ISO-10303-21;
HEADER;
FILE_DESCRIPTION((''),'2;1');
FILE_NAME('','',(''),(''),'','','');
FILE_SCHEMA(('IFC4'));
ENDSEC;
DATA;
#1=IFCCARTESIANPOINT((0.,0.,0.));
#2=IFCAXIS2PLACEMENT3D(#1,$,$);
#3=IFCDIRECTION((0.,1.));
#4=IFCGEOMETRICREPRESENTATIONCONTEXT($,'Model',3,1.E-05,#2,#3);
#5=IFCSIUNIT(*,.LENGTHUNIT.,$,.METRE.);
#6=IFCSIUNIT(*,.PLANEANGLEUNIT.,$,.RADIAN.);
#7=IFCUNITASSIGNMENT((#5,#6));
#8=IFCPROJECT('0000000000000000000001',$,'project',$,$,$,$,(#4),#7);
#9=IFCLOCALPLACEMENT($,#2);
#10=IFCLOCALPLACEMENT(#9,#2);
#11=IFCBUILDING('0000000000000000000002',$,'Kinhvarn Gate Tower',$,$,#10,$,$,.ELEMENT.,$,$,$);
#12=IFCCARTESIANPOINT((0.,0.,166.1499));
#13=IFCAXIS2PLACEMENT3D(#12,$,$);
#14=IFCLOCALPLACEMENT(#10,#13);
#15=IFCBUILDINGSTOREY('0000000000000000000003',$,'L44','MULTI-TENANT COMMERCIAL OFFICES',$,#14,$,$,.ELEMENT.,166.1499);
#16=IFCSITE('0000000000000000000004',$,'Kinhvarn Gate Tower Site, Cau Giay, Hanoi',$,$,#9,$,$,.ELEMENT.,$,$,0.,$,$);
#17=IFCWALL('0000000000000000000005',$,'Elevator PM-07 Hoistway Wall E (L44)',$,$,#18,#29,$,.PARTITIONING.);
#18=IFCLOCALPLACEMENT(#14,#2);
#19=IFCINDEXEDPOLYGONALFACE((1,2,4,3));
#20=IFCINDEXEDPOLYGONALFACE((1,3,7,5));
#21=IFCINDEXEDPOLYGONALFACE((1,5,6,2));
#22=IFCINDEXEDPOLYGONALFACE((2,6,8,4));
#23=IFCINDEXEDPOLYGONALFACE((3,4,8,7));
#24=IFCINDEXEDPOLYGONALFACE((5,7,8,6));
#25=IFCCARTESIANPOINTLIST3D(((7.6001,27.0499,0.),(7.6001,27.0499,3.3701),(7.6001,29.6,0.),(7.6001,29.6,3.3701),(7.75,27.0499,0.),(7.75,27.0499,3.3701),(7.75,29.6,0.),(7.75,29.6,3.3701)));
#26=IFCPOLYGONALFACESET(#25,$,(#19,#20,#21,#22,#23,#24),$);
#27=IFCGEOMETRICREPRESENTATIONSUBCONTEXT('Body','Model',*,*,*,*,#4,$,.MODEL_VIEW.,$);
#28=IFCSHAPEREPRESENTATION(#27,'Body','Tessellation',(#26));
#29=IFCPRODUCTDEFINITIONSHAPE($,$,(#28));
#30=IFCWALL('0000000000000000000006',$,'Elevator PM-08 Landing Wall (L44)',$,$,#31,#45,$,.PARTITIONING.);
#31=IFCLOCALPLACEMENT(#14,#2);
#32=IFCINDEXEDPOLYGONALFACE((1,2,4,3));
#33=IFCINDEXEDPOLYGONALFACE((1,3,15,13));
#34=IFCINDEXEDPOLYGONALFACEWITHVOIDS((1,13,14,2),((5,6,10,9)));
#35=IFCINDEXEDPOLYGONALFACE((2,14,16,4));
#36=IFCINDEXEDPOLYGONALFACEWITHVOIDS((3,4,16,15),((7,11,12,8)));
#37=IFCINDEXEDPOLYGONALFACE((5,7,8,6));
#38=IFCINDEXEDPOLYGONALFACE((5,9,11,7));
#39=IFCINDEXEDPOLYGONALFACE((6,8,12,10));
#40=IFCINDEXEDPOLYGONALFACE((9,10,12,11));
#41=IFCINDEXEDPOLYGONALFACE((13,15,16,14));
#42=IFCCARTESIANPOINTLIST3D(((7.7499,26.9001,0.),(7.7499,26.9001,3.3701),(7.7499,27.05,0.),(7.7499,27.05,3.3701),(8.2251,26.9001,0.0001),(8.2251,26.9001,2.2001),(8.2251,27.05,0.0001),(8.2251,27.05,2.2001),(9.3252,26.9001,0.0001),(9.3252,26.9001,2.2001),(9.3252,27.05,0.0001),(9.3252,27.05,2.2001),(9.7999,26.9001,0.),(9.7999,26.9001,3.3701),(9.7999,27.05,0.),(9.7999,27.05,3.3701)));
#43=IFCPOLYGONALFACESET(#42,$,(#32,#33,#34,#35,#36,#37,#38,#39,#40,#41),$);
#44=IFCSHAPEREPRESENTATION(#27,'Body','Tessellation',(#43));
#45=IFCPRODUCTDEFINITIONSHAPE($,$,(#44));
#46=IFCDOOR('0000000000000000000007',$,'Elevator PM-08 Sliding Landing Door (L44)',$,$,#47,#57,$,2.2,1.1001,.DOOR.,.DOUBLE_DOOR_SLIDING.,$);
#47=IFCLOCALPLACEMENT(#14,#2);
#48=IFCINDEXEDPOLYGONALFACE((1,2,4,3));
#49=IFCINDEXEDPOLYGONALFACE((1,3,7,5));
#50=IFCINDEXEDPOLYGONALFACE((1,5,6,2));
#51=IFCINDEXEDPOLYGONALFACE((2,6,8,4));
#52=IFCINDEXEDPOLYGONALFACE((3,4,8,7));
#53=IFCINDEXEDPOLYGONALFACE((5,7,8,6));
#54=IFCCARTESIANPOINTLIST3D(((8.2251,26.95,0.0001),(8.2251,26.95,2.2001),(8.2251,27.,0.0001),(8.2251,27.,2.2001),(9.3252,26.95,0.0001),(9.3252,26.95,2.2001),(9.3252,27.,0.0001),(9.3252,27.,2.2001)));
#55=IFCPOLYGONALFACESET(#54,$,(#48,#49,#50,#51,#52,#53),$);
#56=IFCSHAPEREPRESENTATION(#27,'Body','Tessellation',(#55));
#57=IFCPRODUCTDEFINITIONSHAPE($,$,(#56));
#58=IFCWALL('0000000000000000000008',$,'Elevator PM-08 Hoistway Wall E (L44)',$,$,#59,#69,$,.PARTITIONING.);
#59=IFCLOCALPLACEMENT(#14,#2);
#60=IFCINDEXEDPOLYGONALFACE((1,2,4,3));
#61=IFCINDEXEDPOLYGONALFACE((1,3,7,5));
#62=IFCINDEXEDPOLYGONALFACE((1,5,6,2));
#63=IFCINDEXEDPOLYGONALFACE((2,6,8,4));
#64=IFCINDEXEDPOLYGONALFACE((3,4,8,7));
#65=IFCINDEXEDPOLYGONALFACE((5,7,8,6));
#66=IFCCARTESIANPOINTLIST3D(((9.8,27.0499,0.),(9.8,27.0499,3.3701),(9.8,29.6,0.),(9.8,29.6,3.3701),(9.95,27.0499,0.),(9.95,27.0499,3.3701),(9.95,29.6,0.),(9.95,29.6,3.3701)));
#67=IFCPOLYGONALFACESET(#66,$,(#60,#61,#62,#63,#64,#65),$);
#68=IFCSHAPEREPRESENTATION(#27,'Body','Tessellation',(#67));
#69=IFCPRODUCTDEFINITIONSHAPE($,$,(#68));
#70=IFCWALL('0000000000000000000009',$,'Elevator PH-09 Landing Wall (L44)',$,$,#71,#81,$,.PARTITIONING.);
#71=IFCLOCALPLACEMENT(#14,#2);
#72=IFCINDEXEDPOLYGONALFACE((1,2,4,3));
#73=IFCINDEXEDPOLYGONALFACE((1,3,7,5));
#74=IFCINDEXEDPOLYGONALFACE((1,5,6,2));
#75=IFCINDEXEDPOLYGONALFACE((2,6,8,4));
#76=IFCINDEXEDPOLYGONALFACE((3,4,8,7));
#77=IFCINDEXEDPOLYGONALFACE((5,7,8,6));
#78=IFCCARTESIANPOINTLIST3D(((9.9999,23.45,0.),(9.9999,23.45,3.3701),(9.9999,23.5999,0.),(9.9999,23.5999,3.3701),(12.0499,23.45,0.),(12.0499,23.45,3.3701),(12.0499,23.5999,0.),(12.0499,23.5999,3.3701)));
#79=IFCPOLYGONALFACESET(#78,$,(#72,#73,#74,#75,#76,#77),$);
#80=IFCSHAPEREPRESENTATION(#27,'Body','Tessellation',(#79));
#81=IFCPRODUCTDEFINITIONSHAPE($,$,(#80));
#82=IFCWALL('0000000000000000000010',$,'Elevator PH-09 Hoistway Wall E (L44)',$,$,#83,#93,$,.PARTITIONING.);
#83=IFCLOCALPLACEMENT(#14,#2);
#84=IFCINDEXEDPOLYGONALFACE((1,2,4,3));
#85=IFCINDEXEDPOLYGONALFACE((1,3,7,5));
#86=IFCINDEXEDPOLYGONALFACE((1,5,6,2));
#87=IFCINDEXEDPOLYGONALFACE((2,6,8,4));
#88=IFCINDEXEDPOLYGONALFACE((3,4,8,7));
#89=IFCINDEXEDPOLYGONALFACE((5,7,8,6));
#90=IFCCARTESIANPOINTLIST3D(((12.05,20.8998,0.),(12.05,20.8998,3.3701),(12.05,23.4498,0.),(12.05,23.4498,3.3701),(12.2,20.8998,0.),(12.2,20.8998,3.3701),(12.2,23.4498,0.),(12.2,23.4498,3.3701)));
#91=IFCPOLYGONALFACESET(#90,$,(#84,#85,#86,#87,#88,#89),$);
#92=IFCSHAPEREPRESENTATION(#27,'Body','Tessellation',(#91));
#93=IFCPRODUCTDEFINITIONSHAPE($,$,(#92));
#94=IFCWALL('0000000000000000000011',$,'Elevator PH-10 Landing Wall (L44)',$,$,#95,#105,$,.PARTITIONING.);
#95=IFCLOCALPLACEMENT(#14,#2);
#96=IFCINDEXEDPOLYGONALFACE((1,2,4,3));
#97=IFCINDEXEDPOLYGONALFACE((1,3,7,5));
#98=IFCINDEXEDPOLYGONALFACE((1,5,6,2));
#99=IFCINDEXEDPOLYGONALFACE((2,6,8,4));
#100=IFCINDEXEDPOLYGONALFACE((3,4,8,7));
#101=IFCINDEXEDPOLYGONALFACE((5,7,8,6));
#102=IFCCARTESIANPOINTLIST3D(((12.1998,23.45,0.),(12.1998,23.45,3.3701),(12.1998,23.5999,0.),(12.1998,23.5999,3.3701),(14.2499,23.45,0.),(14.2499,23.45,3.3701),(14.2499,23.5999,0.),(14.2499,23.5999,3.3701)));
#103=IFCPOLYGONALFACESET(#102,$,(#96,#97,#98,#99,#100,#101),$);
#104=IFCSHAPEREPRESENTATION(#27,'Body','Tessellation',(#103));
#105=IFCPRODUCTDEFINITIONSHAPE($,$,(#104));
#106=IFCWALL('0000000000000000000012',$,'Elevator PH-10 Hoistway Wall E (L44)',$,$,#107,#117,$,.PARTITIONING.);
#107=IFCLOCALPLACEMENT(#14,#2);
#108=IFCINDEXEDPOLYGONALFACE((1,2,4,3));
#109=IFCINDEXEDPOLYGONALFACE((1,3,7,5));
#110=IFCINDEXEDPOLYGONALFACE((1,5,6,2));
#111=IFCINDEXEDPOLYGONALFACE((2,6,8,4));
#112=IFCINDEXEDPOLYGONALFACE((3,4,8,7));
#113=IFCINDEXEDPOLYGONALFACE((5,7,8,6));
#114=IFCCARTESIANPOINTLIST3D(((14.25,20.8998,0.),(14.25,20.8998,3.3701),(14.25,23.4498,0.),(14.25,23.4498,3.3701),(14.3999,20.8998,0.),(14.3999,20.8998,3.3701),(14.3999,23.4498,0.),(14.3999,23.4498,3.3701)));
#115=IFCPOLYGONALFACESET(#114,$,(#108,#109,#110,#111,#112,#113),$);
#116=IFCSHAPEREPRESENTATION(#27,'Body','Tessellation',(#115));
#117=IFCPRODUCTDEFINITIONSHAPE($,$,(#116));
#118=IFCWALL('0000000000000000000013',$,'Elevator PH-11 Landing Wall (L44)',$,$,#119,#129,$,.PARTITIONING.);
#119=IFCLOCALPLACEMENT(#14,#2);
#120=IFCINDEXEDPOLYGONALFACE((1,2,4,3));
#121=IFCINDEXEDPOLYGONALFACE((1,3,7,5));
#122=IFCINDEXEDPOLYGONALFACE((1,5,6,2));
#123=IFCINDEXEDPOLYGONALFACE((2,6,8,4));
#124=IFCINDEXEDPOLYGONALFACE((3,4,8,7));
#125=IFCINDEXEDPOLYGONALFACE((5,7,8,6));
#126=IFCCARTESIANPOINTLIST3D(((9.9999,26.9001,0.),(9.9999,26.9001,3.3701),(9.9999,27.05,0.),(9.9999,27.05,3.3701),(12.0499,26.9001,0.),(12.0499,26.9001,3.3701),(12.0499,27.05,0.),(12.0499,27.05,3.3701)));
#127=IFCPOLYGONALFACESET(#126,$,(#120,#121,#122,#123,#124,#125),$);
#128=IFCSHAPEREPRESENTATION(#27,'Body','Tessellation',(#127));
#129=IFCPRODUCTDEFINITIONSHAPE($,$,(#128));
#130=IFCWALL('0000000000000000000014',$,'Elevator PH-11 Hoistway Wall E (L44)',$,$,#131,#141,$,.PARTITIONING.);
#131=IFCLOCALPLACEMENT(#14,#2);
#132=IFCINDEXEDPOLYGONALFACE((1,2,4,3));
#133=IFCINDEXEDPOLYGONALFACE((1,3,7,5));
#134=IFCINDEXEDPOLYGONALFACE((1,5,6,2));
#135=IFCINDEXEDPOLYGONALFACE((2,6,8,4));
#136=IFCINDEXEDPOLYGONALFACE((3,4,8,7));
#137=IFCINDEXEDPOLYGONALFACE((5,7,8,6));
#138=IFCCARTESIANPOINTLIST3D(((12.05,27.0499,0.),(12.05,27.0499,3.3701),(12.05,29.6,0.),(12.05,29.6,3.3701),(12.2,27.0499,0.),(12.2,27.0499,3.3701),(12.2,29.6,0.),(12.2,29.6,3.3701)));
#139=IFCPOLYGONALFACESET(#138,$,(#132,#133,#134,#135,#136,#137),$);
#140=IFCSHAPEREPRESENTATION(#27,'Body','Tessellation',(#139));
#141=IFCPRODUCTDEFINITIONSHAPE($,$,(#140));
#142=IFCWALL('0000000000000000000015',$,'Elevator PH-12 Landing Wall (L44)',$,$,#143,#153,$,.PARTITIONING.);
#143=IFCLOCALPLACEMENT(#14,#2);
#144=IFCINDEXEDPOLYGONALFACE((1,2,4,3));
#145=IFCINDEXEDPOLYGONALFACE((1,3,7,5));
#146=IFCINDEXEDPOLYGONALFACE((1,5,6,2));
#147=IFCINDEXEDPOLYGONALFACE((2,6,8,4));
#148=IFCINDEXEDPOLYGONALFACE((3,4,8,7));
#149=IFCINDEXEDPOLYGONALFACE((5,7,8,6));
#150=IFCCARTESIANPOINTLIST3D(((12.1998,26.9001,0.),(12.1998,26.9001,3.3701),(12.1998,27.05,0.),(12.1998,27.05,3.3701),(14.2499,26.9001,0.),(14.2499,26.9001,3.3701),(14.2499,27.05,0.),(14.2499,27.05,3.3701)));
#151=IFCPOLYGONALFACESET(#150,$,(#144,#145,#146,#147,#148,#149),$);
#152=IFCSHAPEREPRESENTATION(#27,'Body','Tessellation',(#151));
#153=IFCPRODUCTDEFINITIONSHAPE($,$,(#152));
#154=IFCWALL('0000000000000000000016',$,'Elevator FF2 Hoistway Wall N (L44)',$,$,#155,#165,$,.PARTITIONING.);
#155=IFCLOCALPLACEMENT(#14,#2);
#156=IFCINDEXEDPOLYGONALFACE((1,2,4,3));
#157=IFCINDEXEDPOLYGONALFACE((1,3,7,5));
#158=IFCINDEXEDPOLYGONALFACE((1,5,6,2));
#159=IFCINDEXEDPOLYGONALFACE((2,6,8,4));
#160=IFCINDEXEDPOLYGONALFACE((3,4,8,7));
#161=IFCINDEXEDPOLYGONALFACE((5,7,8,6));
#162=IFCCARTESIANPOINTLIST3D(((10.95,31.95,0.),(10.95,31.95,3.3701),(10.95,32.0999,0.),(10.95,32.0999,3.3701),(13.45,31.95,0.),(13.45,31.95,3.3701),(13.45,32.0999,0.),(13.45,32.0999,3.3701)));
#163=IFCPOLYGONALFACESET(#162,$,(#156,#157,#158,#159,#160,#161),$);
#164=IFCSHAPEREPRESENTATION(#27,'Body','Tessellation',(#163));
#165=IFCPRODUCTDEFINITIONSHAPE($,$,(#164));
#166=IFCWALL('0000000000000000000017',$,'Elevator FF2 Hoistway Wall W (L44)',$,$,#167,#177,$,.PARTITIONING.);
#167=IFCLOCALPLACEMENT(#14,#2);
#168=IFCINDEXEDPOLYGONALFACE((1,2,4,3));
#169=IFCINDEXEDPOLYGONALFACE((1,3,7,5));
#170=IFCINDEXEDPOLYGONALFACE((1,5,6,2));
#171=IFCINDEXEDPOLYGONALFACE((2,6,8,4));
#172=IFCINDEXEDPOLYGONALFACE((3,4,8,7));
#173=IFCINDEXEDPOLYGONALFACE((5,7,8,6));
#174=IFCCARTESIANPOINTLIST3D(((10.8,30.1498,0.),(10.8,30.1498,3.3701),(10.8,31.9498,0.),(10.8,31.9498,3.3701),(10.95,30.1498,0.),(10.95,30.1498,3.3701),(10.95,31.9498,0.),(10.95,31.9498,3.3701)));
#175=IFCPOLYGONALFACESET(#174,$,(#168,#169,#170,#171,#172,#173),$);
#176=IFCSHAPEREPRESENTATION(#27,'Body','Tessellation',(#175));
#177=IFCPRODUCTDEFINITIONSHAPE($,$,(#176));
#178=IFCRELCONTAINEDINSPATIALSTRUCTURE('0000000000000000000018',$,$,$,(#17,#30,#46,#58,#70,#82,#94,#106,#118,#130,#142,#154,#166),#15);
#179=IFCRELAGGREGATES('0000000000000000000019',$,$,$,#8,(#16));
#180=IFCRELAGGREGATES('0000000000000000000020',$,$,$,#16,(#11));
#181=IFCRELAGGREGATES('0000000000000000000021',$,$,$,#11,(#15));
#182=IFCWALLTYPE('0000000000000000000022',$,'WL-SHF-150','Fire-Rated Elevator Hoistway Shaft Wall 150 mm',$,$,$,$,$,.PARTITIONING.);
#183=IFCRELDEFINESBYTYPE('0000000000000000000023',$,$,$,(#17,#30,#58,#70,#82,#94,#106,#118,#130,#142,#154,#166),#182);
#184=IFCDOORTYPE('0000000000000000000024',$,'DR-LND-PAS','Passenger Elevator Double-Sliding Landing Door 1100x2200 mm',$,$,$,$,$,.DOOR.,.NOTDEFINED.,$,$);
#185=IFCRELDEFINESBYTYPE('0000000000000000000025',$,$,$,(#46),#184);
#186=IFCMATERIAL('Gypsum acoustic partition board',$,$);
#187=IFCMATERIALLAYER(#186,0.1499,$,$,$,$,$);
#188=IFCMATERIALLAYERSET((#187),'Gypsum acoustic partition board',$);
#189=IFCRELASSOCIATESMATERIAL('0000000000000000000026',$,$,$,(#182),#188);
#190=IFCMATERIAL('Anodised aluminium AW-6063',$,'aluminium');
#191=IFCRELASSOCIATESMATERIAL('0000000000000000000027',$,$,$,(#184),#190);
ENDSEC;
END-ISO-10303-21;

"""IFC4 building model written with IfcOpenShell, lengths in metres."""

from ifc_helpers import new_model, si_unit, direction, frame, frame_2d, origin, place, context, subcontext, project, spatial, rectangle, extrude, material, layer, layer_set, type_object, element, fill, save


model = new_model("IFC4")

# Units and contexts
model_context = context("Model", 3, precision=1e-05, world=origin(), true_north=direction((0.0, 1.0)))
body_context = subcontext(model_context, "Body", "Model", "MODEL_VIEW")
ifc_project = project(units=[si_unit("LENGTHUNIT", "METRE"), si_unit("PLANEANGLEUNIT", "RADIAN")], contexts=[model_context])

# Site, building, storey
site_placement = place(None, origin())
site = spatial("IfcSite", under=ifc_project, at=site_placement, Name="Kinhvarn Gate Tower Site, Cau Giay, Hanoi", CompositionType="ELEMENT", RefElevation=0.0)
building_placement = place(site_placement, origin())
building = spatial("IfcBuilding", under=site, at=building_placement, Name="Kinhvarn Gate Tower", CompositionType="ELEMENT")
storey_placement = place(building_placement, frame((0.0, 0.0, 166.1499)))
storey = spatial("IfcBuildingStorey", under=building, at=storey_placement, Name="L44", Description="MULTI-TENANT COMMERCIAL OFFICES", CompositionType="ELEMENT", Elevation=166.1499)

# Shared definitions
ifc_material_1 = material(Name="Gypsum acoustic partition board")

# Shared definitions
ifc_layer_1 = layer(ifc_material_1, 0.1499)
ifc_layer_set_1 = layer_set([ifc_layer_1], Name="Gypsum acoustic partition board")
wall_type_1 = type_object("IfcWallType", Name="WL-SHF-150", Description="Fire-Rated Elevator Hoistway Shaft Wall 150 mm", PredefinedType="PARTITIONING", material=ifc_layer_set_1)
ifc_material_2 = material(Name="Anodised aluminium AW-6063", Category="aluminium")
door_type_1 = type_object("IfcDoorType", Name="DR-LND-PAS", Description="Passenger Elevator Double-Sliding Landing Door 1100x2200 mm", OperationType="NOTDEFINED", PredefinedType="DOOR", material=ifc_material_2)

# Wall
for number, where, z_axis, x_axis, name in (
    (1, (7.675, 27.05, 0.0), (0.0, 0.0, 1.0), (0.0, 1.0, 0.0), "Elevator PM-07 Hoistway Wall E (L44)"),
):
    element("IfcWall", number, at=place(storey_placement, frame(where, z_axis=z_axis, x_axis=x_axis)), inside=storey, type_object=wall_type_1, Name=name, PredefinedType="PARTITIONING", context=body_context, shape_type="SweptSolid", body=[
        extrude(rectangle(XDim=2.55, YDim=0.1499, at=frame_2d((1.2749, 0.0))), origin(), (0.0, 0.0, 1.0), 3.3701),
    ])

# Wall, opening, door
wall_1_placement = place(storey_placement, frame((7.75, 26.9751, 0.0), z_axis=(0.0, 0.0, 1.0), x_axis=(1.0, 0.0, 0.0)))
wall_1 = element("IfcWall", 2, at=wall_1_placement, inside=storey, type_object=wall_type_1, Name="Elevator PM-08 Landing Wall (L44)", PredefinedType="PARTITIONING", context=body_context, shape_type="SweptSolid", body=[
    extrude(rectangle(XDim=2.05, YDim=0.1499, at=frame_2d((1.0249, 0.0))), origin(), (0.0, 0.0, 1.0), 3.3701),
])
opening_1_placement = place(wall_1_placement, frame((0.4751, 0.0, 0.0)))
opening_1 = element("IfcOpeningElement", 3, at=opening_1_placement, cuts=wall_1, PredefinedType="OPENING", context=body_context, shape_type="SweptSolid", body=[
    extrude(rectangle(XDim=1.1001, YDim=2.2, at=frame_2d((0.55, 1.1001))), frame((0.0, 0.085, 0.0), z_axis=(0.0, -1.0, 0.0), x_axis=(1.0, 0.0, 0.0)), (0.0, 0.0, 1.0), 0.1699),
])
door_1_placement = place(opening_1_placement, origin())
door_1 = element("IfcDoor", 4, at=door_1_placement, inside=storey, type_object=door_type_1, Name="Elevator PM-08 Sliding Landing Door (L44)", OperationType="DOUBLE_DOOR_SLIDING", OverallHeight=2.2, OverallWidth=1.1001, PredefinedType="DOOR", context=body_context, shape_type="SweptSolid", body=[
    extrude(rectangle(XDim=1.1001, YDim=2.2, at=frame_2d((0.55, 1.1001))), frame((0.0, 0.0249, 0.0), z_axis=(0.0, -1.0, 0.0), x_axis=(1.0, 0.0, 0.0)), (0.0, 0.0, 1.0), 0.05),
])
fill(opening_1, door_1)

# Walls
wall_2_placement = place(storey_placement, frame((9.875, 27.05, 0.0), z_axis=(0.0, 0.0, 1.0), x_axis=(0.0, 1.0, 0.0)))
element("IfcWall", 5, at=wall_2_placement, inside=storey, type_object=wall_type_1, Name="Elevator PM-08 Hoistway Wall E (L44)", PredefinedType="PARTITIONING", context=body_context, shape_type="SweptSolid", body=[
    extrude(rectangle(XDim=2.55, YDim=0.1499, at=frame_2d((1.2749, 0.0))), origin(), (0.0, 0.0, 1.0), 3.3701),
])
wall_3_placement = place(storey_placement, frame((10.0, 23.5249, 0.0), z_axis=(0.0, 0.0, 1.0), x_axis=(1.0, 0.0, 0.0)))
element("IfcWall", 6, at=wall_3_placement, inside=storey, type_object=wall_type_1, Name="Elevator PH-09 Landing Wall (L44)", PredefinedType="PARTITIONING", context=body_context, shape_type="SweptSolid", body=[
    extrude(rectangle(XDim=2.05, YDim=0.1499, at=frame_2d((1.0249, 0.0))), origin(), (0.0, 0.0, 1.0), 3.3701),
])
wall_4_placement = place(storey_placement, frame((12.125, 20.8999, 0.0), z_axis=(0.0, 0.0, 1.0), x_axis=(0.0, 1.0, 0.0)))
element("IfcWall", 7, at=wall_4_placement, inside=storey, type_object=wall_type_1, Name="Elevator PH-09 Hoistway Wall E (L44)", PredefinedType="PARTITIONING", context=body_context, shape_type="SweptSolid", body=[
    extrude(rectangle(XDim=2.55, YDim=0.1499, at=frame_2d((1.2749, 0.0))), origin(), (0.0, 0.0, 1.0), 3.3701),
])
wall_5_placement = place(storey_placement, frame((12.2, 23.5249, 0.0), z_axis=(0.0, 0.0, 1.0), x_axis=(1.0, 0.0, 0.0)))
element("IfcWall", 8, at=wall_5_placement, inside=storey, type_object=wall_type_1, Name="Elevator PH-10 Landing Wall (L44)", PredefinedType="PARTITIONING", context=body_context, shape_type="SweptSolid", body=[
    extrude(rectangle(XDim=2.05, YDim=0.1499, at=frame_2d((1.0249, 0.0))), origin(), (0.0, 0.0, 1.0), 3.3701),
])
wall_6_placement = place(storey_placement, frame((14.325, 20.8999, 0.0), z_axis=(0.0, 0.0, 1.0), x_axis=(0.0, 1.0, 0.0)))
element("IfcWall", 9, at=wall_6_placement, inside=storey, type_object=wall_type_1, Name="Elevator PH-10 Hoistway Wall E (L44)", PredefinedType="PARTITIONING", context=body_context, shape_type="SweptSolid", body=[
    extrude(rectangle(XDim=2.55, YDim=0.1499, at=frame_2d((1.2749, 0.0))), origin(), (0.0, 0.0, 1.0), 3.3701),
])
wall_7_placement = place(storey_placement, frame((10.0, 26.9751, 0.0), z_axis=(0.0, 0.0, 1.0), x_axis=(1.0, 0.0, 0.0)))
element("IfcWall", 10, at=wall_7_placement, inside=storey, type_object=wall_type_1, Name="Elevator PH-11 Landing Wall (L44)", PredefinedType="PARTITIONING", context=body_context, shape_type="SweptSolid", body=[
    extrude(rectangle(XDim=2.05, YDim=0.1499, at=frame_2d((1.0249, 0.0))), origin(), (0.0, 0.0, 1.0), 3.3701),
])
wall_8_placement = place(storey_placement, frame((12.125, 27.05, 0.0), z_axis=(0.0, 0.0, 1.0), x_axis=(0.0, 1.0, 0.0)))
element("IfcWall", 11, at=wall_8_placement, inside=storey, type_object=wall_type_1, Name="Elevator PH-11 Hoistway Wall E (L44)", PredefinedType="PARTITIONING", context=body_context, shape_type="SweptSolid", body=[
    extrude(rectangle(XDim=2.55, YDim=0.1499, at=frame_2d((1.2749, 0.0))), origin(), (0.0, 0.0, 1.0), 3.3701),
])
wall_9_placement = place(storey_placement, frame((12.2, 26.9751, 0.0), z_axis=(0.0, 0.0, 1.0), x_axis=(1.0, 0.0, 0.0)))
element("IfcWall", 12, at=wall_9_placement, inside=storey, type_object=wall_type_1, Name="Elevator PH-12 Landing Wall (L44)", PredefinedType="PARTITIONING", context=body_context, shape_type="SweptSolid", body=[
    extrude(rectangle(XDim=2.05, YDim=0.1499, at=frame_2d((1.0249, 0.0))), origin(), (0.0, 0.0, 1.0), 3.3701),
])
wall_10_placement = place(storey_placement, frame((10.95, 32.0249, 0.0), z_axis=(0.0, 0.0, 1.0), x_axis=(1.0, 0.0, 0.0)))
element("IfcWall", 13, at=wall_10_placement, inside=storey, type_object=wall_type_1, Name="Elevator FF2 Hoistway Wall N (L44)", PredefinedType="PARTITIONING", context=body_context, shape_type="SweptSolid", body=[
    extrude(rectangle(XDim=2.5, YDim=0.1499, at=frame_2d((1.25, 0.0))), origin(), (0.0, 0.0, 1.0), 3.3701),
])
wall_11_placement = place(storey_placement, frame((10.875, 30.1499, 0.0), z_axis=(0.0, 0.0, 1.0), x_axis=(0.0, 1.0, 0.0)))
element("IfcWall", 14, at=wall_11_placement, inside=storey, type_object=wall_type_1, Name="Elevator FF2 Hoistway Wall W (L44)", PredefinedType="PARTITIONING", context=body_context, shape_type="SweptSolid", body=[
    extrude(rectangle(XDim=1.8, YDim=0.1499, at=frame_2d((0.8999, 0.0))), origin(), (0.0, 0.0, 1.0), 3.3701),
])

save(model, "model.ifc")
